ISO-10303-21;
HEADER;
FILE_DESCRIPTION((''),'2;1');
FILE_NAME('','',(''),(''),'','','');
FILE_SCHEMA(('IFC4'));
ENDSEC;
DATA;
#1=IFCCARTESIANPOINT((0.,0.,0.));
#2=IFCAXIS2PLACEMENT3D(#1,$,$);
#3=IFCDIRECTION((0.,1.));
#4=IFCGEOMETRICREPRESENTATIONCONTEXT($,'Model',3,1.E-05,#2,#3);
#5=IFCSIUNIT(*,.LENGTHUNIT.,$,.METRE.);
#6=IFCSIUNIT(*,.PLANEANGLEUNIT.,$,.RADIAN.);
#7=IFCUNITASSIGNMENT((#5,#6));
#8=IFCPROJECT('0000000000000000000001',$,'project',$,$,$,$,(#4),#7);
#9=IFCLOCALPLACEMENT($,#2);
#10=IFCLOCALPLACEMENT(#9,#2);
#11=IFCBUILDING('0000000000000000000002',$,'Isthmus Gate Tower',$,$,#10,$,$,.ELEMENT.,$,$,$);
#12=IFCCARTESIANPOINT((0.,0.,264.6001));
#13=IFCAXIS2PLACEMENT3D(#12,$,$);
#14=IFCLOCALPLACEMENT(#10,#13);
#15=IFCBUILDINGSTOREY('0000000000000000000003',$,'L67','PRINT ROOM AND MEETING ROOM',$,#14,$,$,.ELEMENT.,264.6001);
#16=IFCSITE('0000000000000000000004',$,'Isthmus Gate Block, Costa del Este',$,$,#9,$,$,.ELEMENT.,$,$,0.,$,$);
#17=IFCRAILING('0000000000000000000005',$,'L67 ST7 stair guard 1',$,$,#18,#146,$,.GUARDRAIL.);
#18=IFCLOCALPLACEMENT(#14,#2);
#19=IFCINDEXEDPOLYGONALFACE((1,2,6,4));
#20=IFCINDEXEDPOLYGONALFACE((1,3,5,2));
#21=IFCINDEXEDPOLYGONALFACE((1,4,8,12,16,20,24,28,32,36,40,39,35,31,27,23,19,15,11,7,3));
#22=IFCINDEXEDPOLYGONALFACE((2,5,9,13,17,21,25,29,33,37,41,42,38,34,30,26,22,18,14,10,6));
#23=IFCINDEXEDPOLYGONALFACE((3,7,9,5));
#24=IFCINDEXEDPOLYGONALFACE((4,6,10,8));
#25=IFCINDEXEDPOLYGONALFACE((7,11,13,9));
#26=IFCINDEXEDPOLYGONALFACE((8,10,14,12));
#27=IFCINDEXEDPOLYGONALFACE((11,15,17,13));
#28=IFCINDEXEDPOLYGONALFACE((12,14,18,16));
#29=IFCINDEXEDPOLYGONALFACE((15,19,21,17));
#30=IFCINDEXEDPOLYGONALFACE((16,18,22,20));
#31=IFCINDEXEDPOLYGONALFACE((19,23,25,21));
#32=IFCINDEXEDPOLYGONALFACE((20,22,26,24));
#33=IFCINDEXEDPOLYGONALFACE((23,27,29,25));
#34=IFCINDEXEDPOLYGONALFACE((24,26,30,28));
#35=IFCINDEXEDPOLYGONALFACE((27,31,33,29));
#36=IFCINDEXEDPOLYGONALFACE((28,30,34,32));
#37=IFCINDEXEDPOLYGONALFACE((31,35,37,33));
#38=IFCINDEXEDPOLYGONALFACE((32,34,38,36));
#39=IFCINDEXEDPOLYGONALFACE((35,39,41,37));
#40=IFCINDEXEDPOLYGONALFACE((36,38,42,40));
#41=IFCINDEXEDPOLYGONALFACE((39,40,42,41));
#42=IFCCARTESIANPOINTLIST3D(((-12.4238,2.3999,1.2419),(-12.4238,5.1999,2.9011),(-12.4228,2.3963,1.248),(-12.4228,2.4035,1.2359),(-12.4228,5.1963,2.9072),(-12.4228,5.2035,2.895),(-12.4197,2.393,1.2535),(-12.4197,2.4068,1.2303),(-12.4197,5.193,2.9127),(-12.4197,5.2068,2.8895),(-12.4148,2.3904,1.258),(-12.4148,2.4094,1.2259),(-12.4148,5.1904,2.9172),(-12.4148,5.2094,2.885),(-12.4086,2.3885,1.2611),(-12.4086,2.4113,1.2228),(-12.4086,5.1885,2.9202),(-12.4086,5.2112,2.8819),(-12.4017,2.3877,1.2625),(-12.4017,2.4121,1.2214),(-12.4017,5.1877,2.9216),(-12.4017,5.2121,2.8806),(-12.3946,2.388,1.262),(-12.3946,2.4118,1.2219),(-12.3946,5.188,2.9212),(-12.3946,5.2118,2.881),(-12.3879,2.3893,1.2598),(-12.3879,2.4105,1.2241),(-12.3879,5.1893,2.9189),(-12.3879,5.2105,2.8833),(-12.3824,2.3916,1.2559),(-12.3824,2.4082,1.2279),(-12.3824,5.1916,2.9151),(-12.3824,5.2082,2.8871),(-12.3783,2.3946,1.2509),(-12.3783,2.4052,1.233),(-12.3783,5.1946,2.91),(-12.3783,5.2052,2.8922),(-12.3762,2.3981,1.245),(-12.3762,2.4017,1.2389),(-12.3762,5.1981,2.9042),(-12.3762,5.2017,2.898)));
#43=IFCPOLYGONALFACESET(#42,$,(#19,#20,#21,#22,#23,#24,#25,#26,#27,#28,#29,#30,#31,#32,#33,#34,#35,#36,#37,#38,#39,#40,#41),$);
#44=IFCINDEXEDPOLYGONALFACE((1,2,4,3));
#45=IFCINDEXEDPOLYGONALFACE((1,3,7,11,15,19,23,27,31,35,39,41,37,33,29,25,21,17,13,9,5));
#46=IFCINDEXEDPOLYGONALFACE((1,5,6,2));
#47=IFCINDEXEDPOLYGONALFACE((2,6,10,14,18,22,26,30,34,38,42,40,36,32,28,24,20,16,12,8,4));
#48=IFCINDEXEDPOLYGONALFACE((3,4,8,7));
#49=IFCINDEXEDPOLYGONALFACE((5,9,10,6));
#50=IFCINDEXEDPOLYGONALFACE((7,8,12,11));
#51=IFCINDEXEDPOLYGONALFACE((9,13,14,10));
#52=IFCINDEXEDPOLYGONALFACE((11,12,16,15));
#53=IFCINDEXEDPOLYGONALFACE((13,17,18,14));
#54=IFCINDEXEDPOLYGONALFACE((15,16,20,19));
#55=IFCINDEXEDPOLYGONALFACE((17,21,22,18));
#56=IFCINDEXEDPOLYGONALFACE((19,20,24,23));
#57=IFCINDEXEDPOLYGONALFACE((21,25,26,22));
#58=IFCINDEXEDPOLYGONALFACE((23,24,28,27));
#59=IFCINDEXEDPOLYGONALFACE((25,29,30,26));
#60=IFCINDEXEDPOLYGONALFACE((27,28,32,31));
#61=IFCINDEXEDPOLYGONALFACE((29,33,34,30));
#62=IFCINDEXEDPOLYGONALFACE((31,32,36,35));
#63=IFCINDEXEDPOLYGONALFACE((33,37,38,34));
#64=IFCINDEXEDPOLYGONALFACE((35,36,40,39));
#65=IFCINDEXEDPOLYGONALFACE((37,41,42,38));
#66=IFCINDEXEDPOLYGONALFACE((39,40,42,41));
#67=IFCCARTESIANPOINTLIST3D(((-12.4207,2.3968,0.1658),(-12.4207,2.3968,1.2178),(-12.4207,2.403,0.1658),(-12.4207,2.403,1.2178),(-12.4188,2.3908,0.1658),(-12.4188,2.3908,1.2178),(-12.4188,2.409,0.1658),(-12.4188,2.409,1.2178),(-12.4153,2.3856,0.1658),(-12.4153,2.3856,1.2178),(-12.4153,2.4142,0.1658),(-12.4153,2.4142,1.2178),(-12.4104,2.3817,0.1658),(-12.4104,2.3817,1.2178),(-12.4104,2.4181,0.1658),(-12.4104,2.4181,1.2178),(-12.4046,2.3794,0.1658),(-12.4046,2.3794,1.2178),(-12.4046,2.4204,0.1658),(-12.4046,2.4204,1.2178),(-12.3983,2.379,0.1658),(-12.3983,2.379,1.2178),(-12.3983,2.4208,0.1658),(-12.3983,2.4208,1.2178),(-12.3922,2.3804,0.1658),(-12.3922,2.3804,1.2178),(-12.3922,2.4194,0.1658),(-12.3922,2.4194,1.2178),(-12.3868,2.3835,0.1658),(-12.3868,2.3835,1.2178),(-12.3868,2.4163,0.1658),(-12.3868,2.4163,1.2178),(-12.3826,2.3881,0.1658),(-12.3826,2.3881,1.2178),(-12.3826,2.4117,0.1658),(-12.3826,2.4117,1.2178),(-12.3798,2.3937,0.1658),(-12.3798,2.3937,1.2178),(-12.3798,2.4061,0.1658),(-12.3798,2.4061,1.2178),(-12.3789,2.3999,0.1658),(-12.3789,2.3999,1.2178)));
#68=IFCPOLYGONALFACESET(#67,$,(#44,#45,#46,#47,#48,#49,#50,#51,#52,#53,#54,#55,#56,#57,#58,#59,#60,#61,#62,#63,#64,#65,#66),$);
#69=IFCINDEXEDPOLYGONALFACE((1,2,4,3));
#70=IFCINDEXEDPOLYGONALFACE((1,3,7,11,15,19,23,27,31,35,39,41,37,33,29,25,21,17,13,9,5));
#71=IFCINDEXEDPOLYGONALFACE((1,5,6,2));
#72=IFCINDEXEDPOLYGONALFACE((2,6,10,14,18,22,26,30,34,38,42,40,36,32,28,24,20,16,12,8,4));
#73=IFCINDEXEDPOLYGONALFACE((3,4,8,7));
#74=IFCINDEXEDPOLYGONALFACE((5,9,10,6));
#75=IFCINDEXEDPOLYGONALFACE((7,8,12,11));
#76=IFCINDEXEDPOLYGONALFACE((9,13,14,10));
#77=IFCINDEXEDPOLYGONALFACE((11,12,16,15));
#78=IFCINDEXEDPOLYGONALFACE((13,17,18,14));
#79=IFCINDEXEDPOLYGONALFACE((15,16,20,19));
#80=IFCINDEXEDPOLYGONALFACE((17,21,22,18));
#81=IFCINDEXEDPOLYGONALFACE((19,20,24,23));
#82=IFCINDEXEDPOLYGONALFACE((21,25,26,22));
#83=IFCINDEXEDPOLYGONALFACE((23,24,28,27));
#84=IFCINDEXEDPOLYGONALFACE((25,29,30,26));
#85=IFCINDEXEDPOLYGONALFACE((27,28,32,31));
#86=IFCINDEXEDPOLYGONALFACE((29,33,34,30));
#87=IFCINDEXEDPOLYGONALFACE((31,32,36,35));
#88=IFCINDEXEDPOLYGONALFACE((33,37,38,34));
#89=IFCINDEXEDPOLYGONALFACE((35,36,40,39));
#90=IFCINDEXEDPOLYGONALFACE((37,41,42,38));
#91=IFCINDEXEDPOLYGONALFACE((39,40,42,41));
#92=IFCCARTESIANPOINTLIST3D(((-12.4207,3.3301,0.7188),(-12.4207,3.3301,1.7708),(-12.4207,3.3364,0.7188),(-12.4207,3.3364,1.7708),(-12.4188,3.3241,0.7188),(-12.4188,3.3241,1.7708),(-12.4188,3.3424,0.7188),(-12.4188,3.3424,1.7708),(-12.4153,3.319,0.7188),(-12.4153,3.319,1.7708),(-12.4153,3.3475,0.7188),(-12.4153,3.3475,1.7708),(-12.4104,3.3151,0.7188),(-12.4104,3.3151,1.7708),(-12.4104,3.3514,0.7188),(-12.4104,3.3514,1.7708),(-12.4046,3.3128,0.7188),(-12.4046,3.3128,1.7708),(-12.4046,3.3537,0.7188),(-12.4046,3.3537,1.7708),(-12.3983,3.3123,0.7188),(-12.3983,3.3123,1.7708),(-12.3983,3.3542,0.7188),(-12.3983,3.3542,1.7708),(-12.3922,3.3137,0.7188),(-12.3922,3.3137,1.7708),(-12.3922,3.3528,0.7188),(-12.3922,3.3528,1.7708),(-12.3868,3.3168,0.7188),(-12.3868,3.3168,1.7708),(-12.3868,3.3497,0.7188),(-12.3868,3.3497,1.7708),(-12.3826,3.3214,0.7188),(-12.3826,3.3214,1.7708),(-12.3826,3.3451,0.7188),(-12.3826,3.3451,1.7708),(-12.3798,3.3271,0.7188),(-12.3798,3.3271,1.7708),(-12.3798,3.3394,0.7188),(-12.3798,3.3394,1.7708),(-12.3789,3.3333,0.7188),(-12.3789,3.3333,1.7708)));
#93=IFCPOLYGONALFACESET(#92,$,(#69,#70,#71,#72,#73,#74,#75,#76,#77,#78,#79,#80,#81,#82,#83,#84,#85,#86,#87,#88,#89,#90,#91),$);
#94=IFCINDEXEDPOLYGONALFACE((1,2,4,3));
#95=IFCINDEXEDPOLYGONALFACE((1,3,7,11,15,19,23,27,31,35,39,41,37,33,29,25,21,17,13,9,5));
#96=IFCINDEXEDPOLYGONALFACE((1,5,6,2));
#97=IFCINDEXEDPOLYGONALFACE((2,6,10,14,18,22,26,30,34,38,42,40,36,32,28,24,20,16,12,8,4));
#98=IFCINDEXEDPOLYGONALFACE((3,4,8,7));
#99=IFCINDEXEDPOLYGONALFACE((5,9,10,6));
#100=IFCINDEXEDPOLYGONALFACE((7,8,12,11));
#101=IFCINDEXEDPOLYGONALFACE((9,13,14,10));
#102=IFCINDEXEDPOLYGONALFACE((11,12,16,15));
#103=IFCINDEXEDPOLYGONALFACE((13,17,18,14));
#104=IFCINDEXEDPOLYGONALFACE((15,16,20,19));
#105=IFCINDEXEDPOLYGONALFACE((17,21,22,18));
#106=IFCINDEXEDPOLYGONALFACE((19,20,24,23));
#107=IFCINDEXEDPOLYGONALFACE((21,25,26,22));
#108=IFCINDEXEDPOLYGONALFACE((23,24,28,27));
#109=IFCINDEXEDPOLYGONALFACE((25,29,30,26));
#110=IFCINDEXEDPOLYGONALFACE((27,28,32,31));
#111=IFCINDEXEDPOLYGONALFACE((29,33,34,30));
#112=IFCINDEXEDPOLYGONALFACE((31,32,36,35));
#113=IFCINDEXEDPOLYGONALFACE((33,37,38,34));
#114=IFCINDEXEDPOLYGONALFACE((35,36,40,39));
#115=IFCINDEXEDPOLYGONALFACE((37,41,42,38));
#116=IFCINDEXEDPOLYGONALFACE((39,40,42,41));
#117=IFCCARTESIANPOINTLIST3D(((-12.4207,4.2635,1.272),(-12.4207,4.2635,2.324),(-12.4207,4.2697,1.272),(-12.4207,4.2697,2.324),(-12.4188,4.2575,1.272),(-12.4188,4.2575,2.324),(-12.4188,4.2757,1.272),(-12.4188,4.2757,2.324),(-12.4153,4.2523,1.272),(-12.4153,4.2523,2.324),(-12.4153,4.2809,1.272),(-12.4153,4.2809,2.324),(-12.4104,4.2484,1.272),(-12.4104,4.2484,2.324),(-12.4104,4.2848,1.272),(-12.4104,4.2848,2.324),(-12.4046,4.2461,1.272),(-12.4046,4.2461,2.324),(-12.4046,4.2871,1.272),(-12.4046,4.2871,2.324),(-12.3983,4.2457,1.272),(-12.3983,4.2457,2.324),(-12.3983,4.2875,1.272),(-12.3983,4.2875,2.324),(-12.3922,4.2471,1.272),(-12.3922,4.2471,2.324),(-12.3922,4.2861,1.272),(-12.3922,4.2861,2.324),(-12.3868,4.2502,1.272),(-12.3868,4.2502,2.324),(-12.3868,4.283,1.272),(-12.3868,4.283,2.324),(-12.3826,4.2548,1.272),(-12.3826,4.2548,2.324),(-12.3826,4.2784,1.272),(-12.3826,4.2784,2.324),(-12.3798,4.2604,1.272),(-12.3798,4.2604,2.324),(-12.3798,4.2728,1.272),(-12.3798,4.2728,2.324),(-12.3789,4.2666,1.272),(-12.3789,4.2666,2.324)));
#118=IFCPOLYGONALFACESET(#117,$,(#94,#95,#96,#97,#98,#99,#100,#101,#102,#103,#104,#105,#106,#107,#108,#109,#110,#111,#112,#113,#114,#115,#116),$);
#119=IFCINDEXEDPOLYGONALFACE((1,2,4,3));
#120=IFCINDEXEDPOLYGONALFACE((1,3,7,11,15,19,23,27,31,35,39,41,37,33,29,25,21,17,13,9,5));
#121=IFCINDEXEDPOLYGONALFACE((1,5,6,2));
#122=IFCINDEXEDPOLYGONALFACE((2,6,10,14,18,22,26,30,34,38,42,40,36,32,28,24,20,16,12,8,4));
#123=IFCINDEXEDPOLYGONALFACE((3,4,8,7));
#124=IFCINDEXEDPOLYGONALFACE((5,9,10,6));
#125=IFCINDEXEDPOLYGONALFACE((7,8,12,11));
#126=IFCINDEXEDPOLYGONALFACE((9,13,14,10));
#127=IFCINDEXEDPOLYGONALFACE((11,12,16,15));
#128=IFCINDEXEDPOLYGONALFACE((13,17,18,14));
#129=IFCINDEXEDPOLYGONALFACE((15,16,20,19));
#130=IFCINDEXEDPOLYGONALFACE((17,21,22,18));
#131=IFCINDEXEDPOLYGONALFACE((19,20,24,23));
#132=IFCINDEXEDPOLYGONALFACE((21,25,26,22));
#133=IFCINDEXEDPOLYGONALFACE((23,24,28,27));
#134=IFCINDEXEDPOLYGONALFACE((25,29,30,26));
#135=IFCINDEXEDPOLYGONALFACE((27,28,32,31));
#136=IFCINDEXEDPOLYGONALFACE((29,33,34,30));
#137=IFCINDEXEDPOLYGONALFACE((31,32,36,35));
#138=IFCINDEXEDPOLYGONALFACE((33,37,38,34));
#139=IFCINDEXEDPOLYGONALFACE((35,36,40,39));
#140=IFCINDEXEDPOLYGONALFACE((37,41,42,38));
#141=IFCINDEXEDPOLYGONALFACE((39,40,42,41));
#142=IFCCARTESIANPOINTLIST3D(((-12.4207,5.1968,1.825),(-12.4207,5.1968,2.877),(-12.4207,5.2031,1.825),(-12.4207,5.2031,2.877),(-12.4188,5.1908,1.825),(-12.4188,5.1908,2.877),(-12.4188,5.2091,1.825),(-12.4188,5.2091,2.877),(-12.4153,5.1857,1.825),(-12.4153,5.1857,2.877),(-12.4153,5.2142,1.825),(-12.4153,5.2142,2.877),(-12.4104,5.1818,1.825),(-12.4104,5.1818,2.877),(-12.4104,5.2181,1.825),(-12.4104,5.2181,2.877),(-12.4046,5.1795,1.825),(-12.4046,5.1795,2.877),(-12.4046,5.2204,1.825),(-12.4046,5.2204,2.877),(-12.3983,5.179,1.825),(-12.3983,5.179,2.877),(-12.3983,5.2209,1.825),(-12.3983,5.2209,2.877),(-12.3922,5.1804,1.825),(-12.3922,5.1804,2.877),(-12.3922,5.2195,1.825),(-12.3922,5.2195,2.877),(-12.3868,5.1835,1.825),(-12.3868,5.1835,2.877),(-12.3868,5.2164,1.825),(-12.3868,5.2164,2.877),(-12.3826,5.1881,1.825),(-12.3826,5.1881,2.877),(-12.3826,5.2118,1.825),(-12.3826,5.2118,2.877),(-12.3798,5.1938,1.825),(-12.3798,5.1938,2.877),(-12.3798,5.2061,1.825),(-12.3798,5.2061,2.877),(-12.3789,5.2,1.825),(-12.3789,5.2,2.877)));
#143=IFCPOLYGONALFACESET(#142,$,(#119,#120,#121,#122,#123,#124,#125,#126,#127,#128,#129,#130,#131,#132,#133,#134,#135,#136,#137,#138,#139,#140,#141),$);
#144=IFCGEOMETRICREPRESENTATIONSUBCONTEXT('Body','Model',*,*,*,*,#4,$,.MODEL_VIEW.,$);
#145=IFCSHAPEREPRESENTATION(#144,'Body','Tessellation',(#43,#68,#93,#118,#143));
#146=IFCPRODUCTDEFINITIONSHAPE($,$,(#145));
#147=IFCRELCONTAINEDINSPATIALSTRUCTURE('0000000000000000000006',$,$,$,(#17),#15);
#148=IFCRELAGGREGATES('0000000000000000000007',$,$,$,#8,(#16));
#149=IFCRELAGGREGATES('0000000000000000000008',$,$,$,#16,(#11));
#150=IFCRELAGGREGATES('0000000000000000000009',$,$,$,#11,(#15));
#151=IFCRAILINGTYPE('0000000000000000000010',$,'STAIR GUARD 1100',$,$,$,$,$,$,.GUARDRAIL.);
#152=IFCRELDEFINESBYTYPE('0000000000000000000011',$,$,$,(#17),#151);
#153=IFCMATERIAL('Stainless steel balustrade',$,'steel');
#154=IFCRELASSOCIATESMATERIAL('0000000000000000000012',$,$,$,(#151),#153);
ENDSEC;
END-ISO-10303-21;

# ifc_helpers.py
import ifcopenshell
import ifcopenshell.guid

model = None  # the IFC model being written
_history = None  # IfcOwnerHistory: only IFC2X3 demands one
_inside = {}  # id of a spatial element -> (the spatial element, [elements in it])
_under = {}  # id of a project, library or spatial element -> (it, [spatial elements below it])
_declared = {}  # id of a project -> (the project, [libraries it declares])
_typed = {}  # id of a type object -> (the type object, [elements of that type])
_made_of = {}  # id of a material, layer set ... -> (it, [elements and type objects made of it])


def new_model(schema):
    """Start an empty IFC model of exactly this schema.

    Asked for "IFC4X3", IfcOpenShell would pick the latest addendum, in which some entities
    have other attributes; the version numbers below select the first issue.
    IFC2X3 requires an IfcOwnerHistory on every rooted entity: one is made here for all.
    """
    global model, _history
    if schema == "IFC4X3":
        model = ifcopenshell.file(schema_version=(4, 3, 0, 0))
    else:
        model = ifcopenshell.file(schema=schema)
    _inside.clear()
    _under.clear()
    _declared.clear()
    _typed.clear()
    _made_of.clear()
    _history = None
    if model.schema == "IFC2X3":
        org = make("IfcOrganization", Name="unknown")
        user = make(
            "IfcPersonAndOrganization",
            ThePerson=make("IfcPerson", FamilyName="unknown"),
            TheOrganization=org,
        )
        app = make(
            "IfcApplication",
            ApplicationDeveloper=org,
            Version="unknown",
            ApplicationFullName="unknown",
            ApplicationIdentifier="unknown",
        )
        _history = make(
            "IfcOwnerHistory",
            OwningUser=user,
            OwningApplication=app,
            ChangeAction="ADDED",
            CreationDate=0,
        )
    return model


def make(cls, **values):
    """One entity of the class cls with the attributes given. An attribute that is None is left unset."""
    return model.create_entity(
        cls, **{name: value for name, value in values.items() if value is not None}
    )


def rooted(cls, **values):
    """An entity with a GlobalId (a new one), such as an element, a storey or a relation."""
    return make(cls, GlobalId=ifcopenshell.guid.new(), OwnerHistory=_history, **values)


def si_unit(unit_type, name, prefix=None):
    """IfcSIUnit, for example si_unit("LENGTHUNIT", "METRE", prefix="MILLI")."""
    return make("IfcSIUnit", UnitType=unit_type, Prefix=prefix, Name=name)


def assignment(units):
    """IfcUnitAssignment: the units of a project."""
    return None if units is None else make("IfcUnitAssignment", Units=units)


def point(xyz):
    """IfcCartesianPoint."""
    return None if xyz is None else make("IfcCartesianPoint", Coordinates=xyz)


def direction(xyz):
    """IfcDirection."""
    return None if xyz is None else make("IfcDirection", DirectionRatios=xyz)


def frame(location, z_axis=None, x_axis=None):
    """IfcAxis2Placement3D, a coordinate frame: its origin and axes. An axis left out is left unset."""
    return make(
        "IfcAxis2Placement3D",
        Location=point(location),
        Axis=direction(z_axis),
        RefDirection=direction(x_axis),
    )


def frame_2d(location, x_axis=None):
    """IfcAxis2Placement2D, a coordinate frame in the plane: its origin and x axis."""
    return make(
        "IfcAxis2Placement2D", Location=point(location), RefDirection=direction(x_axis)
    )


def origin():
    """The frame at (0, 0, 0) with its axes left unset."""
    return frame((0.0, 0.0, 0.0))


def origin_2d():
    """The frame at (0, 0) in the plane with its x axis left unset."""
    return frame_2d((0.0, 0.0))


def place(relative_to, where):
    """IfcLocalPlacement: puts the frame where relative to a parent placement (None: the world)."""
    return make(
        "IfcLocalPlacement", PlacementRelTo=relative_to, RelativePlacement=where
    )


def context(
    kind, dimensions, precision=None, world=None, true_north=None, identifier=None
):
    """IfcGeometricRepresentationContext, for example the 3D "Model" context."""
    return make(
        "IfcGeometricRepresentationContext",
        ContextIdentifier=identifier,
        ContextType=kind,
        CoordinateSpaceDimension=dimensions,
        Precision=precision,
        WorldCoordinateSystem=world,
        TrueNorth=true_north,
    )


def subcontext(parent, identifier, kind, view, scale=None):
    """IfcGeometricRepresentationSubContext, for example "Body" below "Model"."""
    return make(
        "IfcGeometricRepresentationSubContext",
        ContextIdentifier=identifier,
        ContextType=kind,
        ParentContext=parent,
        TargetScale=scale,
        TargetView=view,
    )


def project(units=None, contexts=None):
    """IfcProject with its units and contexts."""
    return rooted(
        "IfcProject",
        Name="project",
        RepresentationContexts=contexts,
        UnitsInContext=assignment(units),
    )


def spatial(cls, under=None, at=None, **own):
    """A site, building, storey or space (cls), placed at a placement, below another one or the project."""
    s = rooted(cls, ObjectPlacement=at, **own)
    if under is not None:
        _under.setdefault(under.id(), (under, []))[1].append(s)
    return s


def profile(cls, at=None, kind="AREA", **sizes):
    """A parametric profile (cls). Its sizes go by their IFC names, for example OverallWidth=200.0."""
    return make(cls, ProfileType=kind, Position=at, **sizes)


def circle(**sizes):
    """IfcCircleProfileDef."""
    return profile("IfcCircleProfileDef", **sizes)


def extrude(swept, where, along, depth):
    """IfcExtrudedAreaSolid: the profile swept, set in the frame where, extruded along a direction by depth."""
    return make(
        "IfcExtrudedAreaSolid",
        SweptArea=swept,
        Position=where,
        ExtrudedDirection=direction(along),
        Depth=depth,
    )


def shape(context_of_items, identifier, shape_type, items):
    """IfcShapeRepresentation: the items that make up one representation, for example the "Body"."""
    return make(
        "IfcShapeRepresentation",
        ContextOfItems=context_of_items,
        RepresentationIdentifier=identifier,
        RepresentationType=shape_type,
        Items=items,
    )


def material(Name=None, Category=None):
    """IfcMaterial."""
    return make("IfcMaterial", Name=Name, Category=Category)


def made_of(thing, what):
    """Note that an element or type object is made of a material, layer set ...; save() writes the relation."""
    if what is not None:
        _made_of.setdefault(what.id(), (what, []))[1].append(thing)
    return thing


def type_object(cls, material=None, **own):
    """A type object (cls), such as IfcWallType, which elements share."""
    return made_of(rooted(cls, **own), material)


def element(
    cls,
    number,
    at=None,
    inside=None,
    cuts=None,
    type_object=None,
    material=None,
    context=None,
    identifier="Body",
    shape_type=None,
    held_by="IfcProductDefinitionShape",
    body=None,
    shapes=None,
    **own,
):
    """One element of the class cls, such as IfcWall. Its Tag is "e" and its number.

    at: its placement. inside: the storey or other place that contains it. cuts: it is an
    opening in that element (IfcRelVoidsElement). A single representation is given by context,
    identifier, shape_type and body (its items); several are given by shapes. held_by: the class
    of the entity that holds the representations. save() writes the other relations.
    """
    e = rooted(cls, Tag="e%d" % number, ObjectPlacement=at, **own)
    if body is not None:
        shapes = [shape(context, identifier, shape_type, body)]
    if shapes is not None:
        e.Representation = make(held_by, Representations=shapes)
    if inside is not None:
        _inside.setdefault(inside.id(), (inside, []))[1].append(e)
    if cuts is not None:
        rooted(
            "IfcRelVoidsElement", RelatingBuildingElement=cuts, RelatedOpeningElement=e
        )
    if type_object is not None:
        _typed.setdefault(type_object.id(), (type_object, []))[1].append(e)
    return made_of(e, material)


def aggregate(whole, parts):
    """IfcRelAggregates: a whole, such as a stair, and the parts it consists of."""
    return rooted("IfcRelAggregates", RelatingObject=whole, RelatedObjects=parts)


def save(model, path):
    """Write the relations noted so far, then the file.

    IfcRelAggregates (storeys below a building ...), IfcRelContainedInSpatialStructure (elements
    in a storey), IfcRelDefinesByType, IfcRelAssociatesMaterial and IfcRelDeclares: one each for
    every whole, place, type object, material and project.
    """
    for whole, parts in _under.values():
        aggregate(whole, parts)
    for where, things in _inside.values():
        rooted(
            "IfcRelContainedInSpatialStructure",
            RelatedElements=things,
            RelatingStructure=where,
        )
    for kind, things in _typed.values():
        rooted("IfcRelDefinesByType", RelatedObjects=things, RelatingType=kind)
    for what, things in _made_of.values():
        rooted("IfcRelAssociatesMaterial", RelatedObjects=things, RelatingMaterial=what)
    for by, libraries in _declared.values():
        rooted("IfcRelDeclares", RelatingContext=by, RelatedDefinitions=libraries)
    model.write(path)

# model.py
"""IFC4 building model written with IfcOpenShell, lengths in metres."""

from ifc_helpers import new_model, si_unit, direction, frame, origin, origin_2d, place, context, subcontext, project, spatial, circle, extrude, material, type_object, element, save


model = new_model("IFC4")

# Units and contexts
model_context = context("Model", 3, precision=1e-05, world=origin(), true_north=direction((0.0, 1.0)))
body_context = subcontext(model_context, "Body", "Model", "MODEL_VIEW")
ifc_project = project(units=[si_unit("LENGTHUNIT", "METRE"), si_unit("PLANEANGLEUNIT", "RADIAN")], contexts=[model_context])

# Site, building, storey
site_placement = place(None, origin())
site = spatial("IfcSite", under=ifc_project, at=site_placement, Name="Isthmus Gate Block, Costa del Este", CompositionType="ELEMENT", RefElevation=0.0)
building_placement = place(site_placement, origin())
building = spatial("IfcBuilding", under=site, at=building_placement, Name="Isthmus Gate Tower", CompositionType="ELEMENT")
storey_placement = place(building_placement, frame((0.0, 0.0, 264.6001)))
storey = spatial("IfcBuildingStorey", under=building, at=storey_placement, Name="L67", Description="PRINT ROOM AND MEETING ROOM", CompositionType="ELEMENT", Elevation=264.6001)

# Railing
ifc_material_1 = material(Name="Stainless steel balustrade", Category="steel")
railing_type_1 = type_object("IfcRailingType", Name="STAIR GUARD 1100", PredefinedType="GUARDRAIL", material=ifc_material_1)
for number, where, name in (
    (1, (-12.3999, 2.3999, 0.1658), "L67 ST7 stair guard 1"),
):
    element("IfcRailing", number, at=place(storey_placement, frame(where)), inside=storey, type_object=railing_type_1, Name=name, PredefinedType="GUARDRAIL", context=body_context, shape_type="SweptSolid", body=[
        extrude(circle(Radius=0.0239, at=origin_2d()), frame((0.0, 0.0, 1.0762), z_axis=(0.0, 0.860306, 0.509778), x_axis=(-1.0, 0.0, 0.0)), (0.0, 0.0, 1.0), 3.2546),
        extrude(circle(Radius=0.021, at=origin_2d()), origin(), (0.0, 0.0, 1.0), 1.052),
        extrude(circle(Radius=0.021, at=origin_2d()), frame((0.0, 0.9333, 0.553)), (0.0, 0.0, 1.0), 1.052),
        extrude(circle(Radius=0.021, at=origin_2d()), frame((0.0, 1.8667, 1.1062)), (0.0, 0.0, 1.0), 1.052),
        extrude(circle(Radius=0.021, at=origin_2d()), frame((0.0, 2.8, 1.6592)), (0.0, 0.0, 1.0), 1.052),
    ])

save(model, "model.ifc")
